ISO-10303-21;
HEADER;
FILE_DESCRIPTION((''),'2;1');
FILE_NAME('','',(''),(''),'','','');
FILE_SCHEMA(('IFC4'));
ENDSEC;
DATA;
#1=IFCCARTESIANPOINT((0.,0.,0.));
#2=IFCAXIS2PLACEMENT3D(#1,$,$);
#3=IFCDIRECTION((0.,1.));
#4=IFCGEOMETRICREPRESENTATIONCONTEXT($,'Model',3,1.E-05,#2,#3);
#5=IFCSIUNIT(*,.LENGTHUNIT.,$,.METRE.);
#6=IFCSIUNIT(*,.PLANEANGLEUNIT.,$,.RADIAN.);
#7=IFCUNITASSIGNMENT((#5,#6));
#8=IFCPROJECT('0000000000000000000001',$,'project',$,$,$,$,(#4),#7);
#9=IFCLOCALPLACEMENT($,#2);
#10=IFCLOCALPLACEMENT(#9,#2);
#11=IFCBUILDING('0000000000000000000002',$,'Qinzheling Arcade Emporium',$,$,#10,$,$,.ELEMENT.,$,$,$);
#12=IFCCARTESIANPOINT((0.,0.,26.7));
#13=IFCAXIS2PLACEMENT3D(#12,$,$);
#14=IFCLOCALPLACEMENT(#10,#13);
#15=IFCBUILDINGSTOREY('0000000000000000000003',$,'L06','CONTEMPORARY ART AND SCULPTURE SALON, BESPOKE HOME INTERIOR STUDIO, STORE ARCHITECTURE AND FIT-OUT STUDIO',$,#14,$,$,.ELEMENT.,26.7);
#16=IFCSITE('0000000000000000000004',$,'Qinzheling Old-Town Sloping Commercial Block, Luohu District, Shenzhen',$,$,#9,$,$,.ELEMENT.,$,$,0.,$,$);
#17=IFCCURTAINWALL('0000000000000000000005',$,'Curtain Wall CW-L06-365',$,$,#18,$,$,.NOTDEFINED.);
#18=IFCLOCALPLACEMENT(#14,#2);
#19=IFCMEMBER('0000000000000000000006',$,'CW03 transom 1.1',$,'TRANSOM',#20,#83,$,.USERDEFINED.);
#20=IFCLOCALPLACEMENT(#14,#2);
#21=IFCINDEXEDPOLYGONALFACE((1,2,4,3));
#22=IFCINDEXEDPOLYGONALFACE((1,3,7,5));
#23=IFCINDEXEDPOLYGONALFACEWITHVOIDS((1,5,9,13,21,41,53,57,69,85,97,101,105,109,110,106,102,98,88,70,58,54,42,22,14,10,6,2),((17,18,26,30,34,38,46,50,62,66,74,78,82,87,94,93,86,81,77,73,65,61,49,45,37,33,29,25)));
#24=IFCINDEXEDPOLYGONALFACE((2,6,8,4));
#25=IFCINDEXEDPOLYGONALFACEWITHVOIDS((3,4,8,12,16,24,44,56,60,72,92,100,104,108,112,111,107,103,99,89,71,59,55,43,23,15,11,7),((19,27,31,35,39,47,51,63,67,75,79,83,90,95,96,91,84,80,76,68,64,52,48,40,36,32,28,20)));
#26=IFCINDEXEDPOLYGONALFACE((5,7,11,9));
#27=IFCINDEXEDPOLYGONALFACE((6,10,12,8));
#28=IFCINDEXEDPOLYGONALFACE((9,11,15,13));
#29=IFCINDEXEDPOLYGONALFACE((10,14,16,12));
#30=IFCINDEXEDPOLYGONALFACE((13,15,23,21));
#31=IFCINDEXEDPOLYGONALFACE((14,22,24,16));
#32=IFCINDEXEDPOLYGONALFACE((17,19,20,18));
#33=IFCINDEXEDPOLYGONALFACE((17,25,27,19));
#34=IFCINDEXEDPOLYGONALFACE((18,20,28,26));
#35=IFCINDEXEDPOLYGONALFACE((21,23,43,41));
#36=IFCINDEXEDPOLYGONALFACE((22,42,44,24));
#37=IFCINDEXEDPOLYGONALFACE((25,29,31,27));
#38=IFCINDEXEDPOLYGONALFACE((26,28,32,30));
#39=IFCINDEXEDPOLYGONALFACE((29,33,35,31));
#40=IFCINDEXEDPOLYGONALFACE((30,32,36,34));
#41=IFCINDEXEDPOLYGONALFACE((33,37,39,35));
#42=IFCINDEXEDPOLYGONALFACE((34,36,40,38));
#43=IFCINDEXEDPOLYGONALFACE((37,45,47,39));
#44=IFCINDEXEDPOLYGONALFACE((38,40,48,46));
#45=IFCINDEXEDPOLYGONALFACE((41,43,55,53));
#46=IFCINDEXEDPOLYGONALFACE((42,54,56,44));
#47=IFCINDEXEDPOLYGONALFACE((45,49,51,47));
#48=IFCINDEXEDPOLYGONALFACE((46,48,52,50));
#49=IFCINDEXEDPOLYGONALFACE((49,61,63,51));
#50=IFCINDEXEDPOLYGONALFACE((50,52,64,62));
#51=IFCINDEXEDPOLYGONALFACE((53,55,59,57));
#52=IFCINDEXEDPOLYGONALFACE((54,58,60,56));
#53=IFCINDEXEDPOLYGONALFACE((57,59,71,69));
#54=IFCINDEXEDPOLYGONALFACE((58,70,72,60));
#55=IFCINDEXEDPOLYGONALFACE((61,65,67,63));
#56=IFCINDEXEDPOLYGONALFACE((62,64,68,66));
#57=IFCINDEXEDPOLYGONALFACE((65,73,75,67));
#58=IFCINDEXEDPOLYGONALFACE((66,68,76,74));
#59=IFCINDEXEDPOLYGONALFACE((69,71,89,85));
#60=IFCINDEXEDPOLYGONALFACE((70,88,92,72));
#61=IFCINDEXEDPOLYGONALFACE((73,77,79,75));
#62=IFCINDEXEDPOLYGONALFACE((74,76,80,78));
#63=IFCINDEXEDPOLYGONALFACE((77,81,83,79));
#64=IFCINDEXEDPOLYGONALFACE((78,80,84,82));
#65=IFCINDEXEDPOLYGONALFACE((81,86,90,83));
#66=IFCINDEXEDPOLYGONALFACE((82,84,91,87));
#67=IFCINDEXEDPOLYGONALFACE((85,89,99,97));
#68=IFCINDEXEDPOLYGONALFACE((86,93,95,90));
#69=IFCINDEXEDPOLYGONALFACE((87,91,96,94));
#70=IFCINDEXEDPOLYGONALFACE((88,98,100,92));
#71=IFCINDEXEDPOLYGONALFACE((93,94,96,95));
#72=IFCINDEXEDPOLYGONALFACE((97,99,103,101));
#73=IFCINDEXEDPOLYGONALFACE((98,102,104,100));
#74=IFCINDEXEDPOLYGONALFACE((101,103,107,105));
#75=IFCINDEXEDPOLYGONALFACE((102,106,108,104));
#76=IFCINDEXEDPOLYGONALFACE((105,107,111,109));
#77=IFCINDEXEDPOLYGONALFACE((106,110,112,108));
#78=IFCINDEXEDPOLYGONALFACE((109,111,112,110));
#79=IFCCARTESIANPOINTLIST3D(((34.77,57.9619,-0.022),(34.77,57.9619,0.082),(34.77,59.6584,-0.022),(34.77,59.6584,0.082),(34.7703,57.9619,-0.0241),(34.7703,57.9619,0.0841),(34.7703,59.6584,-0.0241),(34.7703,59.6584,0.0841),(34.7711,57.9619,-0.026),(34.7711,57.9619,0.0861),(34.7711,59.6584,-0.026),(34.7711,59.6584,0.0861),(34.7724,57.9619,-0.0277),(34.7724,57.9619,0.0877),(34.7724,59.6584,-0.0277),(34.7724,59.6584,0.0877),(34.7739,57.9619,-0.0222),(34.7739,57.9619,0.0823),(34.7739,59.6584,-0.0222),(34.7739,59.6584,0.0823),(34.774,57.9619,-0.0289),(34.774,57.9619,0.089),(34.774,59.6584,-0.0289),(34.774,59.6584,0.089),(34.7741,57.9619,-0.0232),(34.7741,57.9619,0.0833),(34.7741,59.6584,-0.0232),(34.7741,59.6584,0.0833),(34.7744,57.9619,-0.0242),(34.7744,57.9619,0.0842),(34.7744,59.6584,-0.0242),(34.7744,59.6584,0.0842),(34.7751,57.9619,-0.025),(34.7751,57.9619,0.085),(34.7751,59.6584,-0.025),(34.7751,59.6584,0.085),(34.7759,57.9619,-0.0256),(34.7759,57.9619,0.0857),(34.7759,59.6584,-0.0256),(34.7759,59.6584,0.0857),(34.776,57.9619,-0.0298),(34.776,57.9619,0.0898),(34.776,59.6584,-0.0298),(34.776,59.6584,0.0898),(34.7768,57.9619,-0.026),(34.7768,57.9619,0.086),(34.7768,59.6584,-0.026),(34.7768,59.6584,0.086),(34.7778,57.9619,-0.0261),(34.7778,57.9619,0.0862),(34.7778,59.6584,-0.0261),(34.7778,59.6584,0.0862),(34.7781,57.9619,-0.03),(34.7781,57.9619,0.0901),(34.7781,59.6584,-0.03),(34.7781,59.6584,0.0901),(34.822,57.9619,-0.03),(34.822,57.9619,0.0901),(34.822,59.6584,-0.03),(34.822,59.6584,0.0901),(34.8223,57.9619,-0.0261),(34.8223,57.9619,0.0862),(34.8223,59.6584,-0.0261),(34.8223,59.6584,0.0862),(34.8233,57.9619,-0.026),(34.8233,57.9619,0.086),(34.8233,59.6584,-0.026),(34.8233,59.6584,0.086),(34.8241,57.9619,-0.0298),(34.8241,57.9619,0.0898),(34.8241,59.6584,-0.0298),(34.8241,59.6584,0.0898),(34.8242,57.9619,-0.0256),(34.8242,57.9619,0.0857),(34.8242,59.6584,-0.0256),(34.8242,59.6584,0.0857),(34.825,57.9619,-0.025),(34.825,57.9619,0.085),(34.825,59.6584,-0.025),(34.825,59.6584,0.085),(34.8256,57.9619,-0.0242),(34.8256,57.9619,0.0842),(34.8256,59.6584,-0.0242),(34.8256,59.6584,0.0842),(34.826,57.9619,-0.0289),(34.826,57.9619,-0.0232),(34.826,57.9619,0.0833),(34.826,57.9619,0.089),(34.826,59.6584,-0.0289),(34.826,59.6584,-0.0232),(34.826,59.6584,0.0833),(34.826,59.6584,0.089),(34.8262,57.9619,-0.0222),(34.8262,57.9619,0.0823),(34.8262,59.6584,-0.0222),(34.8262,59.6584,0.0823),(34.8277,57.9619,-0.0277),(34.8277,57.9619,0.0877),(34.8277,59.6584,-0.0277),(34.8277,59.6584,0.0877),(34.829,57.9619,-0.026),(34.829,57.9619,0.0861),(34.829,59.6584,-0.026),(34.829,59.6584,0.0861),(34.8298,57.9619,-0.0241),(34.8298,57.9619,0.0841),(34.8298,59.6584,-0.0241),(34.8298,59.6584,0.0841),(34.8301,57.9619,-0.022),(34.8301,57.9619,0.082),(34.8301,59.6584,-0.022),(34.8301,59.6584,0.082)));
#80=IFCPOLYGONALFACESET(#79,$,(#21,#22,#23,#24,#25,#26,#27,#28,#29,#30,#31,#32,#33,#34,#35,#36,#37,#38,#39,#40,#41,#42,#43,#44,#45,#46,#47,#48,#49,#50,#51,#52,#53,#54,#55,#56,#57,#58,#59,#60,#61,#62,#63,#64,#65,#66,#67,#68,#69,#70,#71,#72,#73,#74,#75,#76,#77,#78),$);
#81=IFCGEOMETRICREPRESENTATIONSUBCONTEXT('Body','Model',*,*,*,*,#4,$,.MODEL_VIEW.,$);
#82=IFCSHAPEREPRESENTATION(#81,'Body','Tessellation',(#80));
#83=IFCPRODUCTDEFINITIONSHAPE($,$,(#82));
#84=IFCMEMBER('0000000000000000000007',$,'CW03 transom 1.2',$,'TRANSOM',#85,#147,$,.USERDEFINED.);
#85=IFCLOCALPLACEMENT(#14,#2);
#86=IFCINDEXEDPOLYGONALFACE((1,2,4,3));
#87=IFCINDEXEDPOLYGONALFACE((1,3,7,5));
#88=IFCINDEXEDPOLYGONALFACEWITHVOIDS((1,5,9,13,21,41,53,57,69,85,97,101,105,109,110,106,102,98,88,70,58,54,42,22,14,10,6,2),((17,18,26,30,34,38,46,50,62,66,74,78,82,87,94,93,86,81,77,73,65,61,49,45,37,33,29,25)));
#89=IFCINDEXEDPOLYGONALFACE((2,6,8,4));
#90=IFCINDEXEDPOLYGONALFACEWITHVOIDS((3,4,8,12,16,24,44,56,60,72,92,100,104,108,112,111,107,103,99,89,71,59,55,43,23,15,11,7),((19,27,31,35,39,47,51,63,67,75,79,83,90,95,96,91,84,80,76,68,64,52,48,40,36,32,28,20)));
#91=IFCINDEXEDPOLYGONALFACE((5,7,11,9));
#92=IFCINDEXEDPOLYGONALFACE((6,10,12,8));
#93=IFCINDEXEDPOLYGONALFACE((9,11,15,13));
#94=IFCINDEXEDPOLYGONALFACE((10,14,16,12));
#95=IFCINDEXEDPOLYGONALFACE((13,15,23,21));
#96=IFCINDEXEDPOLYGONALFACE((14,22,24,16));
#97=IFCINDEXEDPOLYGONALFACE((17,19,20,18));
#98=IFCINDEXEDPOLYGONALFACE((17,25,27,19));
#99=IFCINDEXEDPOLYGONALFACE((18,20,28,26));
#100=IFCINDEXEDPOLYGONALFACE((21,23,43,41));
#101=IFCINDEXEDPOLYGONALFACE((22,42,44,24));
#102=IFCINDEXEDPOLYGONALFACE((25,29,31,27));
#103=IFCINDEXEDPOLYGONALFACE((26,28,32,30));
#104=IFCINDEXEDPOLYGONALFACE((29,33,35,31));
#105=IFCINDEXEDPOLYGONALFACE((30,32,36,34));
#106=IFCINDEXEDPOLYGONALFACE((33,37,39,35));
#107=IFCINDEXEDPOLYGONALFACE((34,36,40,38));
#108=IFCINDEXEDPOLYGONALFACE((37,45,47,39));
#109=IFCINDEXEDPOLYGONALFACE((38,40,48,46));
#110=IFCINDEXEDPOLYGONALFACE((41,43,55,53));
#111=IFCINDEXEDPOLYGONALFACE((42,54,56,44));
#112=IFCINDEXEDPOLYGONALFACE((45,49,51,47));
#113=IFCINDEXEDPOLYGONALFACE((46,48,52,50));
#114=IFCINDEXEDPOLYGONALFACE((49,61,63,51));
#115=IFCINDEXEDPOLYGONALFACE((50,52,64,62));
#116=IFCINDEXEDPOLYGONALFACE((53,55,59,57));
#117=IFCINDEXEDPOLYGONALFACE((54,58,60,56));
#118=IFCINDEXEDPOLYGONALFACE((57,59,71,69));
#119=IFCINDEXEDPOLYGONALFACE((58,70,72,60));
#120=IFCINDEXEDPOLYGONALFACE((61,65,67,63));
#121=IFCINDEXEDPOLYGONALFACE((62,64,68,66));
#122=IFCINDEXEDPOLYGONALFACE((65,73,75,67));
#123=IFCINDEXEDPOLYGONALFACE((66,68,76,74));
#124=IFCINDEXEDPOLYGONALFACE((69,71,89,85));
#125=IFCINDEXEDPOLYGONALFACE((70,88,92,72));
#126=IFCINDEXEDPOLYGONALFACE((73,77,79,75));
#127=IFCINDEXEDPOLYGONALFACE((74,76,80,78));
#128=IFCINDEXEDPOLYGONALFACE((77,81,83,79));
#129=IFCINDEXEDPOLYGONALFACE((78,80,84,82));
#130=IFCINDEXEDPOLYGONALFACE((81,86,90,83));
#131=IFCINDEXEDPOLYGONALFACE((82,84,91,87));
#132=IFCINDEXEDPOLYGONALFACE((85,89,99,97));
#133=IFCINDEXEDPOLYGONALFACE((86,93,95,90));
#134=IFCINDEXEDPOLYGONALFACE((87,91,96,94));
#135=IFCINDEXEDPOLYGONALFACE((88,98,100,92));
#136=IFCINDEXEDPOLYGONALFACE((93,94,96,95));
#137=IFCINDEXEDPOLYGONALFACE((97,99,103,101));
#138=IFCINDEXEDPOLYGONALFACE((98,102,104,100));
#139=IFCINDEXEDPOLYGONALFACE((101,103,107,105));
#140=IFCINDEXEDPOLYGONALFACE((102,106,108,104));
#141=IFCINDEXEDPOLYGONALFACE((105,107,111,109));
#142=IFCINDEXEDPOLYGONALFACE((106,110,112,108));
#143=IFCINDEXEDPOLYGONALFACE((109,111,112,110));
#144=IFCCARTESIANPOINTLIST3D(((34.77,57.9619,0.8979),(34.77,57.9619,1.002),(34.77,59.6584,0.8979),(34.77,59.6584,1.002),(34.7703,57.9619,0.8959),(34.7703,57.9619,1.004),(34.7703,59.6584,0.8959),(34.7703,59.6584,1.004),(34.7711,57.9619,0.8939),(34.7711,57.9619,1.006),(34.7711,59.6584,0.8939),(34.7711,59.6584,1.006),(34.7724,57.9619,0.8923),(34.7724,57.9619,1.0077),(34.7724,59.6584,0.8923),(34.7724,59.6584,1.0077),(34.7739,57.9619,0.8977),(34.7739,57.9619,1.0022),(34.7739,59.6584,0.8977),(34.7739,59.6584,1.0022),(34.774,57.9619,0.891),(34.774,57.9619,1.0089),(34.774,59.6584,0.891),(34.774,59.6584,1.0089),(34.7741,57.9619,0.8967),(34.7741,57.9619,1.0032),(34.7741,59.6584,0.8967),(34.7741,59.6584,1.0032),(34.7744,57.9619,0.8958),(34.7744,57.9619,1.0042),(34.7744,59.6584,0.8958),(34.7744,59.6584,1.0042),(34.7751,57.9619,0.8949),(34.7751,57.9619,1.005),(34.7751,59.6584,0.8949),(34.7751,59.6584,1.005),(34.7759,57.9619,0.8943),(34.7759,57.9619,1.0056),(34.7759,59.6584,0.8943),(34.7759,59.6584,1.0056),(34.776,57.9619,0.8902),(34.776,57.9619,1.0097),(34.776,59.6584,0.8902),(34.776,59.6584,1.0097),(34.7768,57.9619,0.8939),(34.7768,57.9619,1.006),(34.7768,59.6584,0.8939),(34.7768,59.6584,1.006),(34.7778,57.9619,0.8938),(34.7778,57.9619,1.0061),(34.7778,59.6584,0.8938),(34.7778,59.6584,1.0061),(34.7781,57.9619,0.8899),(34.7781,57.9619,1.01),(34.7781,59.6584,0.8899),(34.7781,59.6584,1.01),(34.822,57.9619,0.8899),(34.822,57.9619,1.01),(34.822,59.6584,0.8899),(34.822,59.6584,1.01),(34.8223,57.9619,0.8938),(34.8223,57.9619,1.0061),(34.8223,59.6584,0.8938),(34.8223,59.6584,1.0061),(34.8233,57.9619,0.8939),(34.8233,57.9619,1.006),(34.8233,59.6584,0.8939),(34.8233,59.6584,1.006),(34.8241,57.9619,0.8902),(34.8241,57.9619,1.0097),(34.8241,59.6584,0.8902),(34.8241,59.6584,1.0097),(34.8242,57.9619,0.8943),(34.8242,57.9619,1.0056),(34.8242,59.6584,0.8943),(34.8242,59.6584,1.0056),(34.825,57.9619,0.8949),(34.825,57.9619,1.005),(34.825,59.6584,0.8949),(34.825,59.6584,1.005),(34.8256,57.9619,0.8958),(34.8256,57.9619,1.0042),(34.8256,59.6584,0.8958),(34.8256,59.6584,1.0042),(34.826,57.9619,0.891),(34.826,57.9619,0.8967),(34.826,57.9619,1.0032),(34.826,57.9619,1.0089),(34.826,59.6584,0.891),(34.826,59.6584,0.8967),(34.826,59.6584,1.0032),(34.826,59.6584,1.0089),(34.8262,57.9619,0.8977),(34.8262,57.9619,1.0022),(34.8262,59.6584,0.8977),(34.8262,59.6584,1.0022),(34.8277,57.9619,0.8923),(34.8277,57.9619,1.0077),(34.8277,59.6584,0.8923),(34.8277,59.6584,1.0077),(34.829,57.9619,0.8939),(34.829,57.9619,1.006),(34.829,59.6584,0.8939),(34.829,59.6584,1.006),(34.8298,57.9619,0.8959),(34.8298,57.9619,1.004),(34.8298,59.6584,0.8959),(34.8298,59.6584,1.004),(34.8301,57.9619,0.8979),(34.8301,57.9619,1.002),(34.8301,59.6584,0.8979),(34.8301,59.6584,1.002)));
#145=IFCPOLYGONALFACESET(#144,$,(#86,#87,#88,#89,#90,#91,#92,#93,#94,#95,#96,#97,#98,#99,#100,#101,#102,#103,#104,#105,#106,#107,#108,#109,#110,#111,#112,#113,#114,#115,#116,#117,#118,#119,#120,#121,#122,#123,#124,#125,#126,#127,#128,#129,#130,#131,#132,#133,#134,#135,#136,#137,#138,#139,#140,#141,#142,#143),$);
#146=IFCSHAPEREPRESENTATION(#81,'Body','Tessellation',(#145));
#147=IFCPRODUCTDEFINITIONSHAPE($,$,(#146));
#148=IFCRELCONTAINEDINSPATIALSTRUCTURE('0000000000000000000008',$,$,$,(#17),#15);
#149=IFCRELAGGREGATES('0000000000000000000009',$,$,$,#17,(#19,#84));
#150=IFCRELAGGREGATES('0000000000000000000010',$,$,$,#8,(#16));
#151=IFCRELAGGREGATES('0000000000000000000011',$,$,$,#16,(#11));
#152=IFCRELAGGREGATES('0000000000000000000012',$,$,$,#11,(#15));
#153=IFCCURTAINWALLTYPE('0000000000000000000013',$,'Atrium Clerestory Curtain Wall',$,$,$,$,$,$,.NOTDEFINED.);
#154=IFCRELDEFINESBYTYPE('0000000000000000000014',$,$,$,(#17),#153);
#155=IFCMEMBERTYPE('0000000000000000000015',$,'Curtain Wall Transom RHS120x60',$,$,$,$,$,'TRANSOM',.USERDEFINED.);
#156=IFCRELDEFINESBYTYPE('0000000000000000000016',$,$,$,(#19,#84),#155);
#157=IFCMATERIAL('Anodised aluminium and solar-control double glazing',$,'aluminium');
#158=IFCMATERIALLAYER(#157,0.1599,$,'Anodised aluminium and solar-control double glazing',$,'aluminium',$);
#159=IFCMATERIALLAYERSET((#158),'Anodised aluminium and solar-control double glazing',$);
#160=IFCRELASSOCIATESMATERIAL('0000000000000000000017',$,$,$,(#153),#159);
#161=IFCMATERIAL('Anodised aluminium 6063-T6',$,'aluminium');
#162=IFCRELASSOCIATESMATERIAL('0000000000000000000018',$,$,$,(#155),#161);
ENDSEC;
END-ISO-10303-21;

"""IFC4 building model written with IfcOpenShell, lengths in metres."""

from ifc_helpers import new_model, si_unit, direction, frame, origin, origin_2d, place, context, subcontext, project, spatial, hollow_rectangle, extrude, material, layer, layer_set, material_profile, profile_set, type_object, element, aggregate, save


model = new_model("IFC4")

# Units and contexts
model_context = context("Model", 3, precision=1e-05, world=origin(), true_north=direction((0.0, 1.0)))
body_context = subcontext(model_context, "Body", "Model", "MODEL_VIEW")
ifc_project = project(units=[si_unit("LENGTHUNIT", "METRE"), si_unit("PLANEANGLEUNIT", "RADIAN")], contexts=[model_context])

# Site, building, storey
site_placement = place(None, origin())
site = spatial("IfcSite", under=ifc_project, at=site_placement, Name="Qinzheling Old-Town Sloping Commercial Block, Luohu District, Shenzhen", CompositionType="ELEMENT", RefElevation=0.0)
building_placement = place(site_placement, origin())
building = spatial("IfcBuilding", under=site, at=building_placement, Name="Qinzheling Arcade Emporium", CompositionType="ELEMENT")
storey_placement = place(building_placement, frame((0.0, 0.0, 26.7)))
storey = spatial("IfcBuildingStorey", under=building, at=storey_placement, Name="L06", Description="CONTEMPORARY ART AND SCULPTURE SALON, BESPOKE HOME INTERIOR STUDIO, STORE ARCHITECTURE AND FIT-OUT STUDIO", CompositionType="ELEMENT", Elevation=26.7)

# Curtain wall
ifc_material_1 = material(Name="Anodised aluminium and solar-control double glazing", Category="aluminium")
ifc_layer_1 = layer(ifc_material_1, 0.1599, Name="Anodised aluminium and solar-control double glazing", Category="aluminium")
ifc_layer_set_1 = layer_set([ifc_layer_1], Name="Anodised aluminium and solar-control double glazing")
curtain_wall_type = type_object("IfcCurtainWallType", Name="Atrium Clerestory Curtain Wall", PredefinedType="NOTDEFINED", material=ifc_layer_set_1)
ifc_material_2 = material(Name="Anodised aluminium 6063-T6", Category="aluminium")
curtain_wall_1_placement = place(storey_placement, origin())
curtain_wall_1 = element("IfcCurtainWall", 1, at=curtain_wall_1_placement, inside=storey, type_object=curtain_wall_type, Name="Curtain Wall CW-L06-365", PredefinedType="NOTDEFINED")

# Members
ifc_material_profile_1 = material_profile(ifc_material_2, hollow_rectangle(XDim=0.0601, YDim=0.1201, WallThickness=0.0039, InnerFilletRadius=0.0039, OuterFilletRadius=0.0081, at=origin_2d()), Name="RHS 120x60x4", Category="aluminium")
ifc_profile_set_1 = profile_set([ifc_material_profile_1], Name="Anodised aluminium 6063-T6")
member_type_1 = type_object("IfcMemberType", Name="Curtain Wall Transom RHS120x60", ElementType="TRANSOM", PredefinedType="USERDEFINED", material=ifc_profile_set_1)
member_1_placement = place(storey_placement, frame((34.8, 57.9619, 0.03), z_axis=(0.0, 1.0, 0.0), x_axis=(-1.0, 0.0, 0.0)))
member_1 = element("IfcMember", 2, at=member_1_placement, type_object=member_type_1, Name="CW03 transom 1.1", ObjectType="TRANSOM", PredefinedType="USERDEFINED", context=body_context, shape_type="SweptSolid", body=[
    extrude(hollow_rectangle(XDim=0.0601, YDim=0.1201, WallThickness=0.0039, InnerFilletRadius=0.0039, OuterFilletRadius=0.0081, at=origin_2d()), origin(), (0.0, 0.0, 1.0), 1.6965),
])
member_2_placement = place(storey_placement, frame((34.8, 57.9619, 0.95), z_axis=(0.0, 1.0, 0.0), x_axis=(-1.0, 0.0, 0.0)))
member_2 = element("IfcMember", 3, at=member_2_placement, type_object=member_type_1, Name="CW03 transom 1.2", ObjectType="TRANSOM", PredefinedType="USERDEFINED", context=body_context, shape_type="SweptSolid", body=[
    extrude(hollow_rectangle(XDim=0.0601, YDim=0.1201, WallThickness=0.0039, InnerFilletRadius=0.0039, OuterFilletRadius=0.0081, at=origin_2d()), origin(), (0.0, 0.0, 1.0), 1.6965),
])

aggregate(curtain_wall_1, [member_1, member_2])

save(model, "model.ifc")
